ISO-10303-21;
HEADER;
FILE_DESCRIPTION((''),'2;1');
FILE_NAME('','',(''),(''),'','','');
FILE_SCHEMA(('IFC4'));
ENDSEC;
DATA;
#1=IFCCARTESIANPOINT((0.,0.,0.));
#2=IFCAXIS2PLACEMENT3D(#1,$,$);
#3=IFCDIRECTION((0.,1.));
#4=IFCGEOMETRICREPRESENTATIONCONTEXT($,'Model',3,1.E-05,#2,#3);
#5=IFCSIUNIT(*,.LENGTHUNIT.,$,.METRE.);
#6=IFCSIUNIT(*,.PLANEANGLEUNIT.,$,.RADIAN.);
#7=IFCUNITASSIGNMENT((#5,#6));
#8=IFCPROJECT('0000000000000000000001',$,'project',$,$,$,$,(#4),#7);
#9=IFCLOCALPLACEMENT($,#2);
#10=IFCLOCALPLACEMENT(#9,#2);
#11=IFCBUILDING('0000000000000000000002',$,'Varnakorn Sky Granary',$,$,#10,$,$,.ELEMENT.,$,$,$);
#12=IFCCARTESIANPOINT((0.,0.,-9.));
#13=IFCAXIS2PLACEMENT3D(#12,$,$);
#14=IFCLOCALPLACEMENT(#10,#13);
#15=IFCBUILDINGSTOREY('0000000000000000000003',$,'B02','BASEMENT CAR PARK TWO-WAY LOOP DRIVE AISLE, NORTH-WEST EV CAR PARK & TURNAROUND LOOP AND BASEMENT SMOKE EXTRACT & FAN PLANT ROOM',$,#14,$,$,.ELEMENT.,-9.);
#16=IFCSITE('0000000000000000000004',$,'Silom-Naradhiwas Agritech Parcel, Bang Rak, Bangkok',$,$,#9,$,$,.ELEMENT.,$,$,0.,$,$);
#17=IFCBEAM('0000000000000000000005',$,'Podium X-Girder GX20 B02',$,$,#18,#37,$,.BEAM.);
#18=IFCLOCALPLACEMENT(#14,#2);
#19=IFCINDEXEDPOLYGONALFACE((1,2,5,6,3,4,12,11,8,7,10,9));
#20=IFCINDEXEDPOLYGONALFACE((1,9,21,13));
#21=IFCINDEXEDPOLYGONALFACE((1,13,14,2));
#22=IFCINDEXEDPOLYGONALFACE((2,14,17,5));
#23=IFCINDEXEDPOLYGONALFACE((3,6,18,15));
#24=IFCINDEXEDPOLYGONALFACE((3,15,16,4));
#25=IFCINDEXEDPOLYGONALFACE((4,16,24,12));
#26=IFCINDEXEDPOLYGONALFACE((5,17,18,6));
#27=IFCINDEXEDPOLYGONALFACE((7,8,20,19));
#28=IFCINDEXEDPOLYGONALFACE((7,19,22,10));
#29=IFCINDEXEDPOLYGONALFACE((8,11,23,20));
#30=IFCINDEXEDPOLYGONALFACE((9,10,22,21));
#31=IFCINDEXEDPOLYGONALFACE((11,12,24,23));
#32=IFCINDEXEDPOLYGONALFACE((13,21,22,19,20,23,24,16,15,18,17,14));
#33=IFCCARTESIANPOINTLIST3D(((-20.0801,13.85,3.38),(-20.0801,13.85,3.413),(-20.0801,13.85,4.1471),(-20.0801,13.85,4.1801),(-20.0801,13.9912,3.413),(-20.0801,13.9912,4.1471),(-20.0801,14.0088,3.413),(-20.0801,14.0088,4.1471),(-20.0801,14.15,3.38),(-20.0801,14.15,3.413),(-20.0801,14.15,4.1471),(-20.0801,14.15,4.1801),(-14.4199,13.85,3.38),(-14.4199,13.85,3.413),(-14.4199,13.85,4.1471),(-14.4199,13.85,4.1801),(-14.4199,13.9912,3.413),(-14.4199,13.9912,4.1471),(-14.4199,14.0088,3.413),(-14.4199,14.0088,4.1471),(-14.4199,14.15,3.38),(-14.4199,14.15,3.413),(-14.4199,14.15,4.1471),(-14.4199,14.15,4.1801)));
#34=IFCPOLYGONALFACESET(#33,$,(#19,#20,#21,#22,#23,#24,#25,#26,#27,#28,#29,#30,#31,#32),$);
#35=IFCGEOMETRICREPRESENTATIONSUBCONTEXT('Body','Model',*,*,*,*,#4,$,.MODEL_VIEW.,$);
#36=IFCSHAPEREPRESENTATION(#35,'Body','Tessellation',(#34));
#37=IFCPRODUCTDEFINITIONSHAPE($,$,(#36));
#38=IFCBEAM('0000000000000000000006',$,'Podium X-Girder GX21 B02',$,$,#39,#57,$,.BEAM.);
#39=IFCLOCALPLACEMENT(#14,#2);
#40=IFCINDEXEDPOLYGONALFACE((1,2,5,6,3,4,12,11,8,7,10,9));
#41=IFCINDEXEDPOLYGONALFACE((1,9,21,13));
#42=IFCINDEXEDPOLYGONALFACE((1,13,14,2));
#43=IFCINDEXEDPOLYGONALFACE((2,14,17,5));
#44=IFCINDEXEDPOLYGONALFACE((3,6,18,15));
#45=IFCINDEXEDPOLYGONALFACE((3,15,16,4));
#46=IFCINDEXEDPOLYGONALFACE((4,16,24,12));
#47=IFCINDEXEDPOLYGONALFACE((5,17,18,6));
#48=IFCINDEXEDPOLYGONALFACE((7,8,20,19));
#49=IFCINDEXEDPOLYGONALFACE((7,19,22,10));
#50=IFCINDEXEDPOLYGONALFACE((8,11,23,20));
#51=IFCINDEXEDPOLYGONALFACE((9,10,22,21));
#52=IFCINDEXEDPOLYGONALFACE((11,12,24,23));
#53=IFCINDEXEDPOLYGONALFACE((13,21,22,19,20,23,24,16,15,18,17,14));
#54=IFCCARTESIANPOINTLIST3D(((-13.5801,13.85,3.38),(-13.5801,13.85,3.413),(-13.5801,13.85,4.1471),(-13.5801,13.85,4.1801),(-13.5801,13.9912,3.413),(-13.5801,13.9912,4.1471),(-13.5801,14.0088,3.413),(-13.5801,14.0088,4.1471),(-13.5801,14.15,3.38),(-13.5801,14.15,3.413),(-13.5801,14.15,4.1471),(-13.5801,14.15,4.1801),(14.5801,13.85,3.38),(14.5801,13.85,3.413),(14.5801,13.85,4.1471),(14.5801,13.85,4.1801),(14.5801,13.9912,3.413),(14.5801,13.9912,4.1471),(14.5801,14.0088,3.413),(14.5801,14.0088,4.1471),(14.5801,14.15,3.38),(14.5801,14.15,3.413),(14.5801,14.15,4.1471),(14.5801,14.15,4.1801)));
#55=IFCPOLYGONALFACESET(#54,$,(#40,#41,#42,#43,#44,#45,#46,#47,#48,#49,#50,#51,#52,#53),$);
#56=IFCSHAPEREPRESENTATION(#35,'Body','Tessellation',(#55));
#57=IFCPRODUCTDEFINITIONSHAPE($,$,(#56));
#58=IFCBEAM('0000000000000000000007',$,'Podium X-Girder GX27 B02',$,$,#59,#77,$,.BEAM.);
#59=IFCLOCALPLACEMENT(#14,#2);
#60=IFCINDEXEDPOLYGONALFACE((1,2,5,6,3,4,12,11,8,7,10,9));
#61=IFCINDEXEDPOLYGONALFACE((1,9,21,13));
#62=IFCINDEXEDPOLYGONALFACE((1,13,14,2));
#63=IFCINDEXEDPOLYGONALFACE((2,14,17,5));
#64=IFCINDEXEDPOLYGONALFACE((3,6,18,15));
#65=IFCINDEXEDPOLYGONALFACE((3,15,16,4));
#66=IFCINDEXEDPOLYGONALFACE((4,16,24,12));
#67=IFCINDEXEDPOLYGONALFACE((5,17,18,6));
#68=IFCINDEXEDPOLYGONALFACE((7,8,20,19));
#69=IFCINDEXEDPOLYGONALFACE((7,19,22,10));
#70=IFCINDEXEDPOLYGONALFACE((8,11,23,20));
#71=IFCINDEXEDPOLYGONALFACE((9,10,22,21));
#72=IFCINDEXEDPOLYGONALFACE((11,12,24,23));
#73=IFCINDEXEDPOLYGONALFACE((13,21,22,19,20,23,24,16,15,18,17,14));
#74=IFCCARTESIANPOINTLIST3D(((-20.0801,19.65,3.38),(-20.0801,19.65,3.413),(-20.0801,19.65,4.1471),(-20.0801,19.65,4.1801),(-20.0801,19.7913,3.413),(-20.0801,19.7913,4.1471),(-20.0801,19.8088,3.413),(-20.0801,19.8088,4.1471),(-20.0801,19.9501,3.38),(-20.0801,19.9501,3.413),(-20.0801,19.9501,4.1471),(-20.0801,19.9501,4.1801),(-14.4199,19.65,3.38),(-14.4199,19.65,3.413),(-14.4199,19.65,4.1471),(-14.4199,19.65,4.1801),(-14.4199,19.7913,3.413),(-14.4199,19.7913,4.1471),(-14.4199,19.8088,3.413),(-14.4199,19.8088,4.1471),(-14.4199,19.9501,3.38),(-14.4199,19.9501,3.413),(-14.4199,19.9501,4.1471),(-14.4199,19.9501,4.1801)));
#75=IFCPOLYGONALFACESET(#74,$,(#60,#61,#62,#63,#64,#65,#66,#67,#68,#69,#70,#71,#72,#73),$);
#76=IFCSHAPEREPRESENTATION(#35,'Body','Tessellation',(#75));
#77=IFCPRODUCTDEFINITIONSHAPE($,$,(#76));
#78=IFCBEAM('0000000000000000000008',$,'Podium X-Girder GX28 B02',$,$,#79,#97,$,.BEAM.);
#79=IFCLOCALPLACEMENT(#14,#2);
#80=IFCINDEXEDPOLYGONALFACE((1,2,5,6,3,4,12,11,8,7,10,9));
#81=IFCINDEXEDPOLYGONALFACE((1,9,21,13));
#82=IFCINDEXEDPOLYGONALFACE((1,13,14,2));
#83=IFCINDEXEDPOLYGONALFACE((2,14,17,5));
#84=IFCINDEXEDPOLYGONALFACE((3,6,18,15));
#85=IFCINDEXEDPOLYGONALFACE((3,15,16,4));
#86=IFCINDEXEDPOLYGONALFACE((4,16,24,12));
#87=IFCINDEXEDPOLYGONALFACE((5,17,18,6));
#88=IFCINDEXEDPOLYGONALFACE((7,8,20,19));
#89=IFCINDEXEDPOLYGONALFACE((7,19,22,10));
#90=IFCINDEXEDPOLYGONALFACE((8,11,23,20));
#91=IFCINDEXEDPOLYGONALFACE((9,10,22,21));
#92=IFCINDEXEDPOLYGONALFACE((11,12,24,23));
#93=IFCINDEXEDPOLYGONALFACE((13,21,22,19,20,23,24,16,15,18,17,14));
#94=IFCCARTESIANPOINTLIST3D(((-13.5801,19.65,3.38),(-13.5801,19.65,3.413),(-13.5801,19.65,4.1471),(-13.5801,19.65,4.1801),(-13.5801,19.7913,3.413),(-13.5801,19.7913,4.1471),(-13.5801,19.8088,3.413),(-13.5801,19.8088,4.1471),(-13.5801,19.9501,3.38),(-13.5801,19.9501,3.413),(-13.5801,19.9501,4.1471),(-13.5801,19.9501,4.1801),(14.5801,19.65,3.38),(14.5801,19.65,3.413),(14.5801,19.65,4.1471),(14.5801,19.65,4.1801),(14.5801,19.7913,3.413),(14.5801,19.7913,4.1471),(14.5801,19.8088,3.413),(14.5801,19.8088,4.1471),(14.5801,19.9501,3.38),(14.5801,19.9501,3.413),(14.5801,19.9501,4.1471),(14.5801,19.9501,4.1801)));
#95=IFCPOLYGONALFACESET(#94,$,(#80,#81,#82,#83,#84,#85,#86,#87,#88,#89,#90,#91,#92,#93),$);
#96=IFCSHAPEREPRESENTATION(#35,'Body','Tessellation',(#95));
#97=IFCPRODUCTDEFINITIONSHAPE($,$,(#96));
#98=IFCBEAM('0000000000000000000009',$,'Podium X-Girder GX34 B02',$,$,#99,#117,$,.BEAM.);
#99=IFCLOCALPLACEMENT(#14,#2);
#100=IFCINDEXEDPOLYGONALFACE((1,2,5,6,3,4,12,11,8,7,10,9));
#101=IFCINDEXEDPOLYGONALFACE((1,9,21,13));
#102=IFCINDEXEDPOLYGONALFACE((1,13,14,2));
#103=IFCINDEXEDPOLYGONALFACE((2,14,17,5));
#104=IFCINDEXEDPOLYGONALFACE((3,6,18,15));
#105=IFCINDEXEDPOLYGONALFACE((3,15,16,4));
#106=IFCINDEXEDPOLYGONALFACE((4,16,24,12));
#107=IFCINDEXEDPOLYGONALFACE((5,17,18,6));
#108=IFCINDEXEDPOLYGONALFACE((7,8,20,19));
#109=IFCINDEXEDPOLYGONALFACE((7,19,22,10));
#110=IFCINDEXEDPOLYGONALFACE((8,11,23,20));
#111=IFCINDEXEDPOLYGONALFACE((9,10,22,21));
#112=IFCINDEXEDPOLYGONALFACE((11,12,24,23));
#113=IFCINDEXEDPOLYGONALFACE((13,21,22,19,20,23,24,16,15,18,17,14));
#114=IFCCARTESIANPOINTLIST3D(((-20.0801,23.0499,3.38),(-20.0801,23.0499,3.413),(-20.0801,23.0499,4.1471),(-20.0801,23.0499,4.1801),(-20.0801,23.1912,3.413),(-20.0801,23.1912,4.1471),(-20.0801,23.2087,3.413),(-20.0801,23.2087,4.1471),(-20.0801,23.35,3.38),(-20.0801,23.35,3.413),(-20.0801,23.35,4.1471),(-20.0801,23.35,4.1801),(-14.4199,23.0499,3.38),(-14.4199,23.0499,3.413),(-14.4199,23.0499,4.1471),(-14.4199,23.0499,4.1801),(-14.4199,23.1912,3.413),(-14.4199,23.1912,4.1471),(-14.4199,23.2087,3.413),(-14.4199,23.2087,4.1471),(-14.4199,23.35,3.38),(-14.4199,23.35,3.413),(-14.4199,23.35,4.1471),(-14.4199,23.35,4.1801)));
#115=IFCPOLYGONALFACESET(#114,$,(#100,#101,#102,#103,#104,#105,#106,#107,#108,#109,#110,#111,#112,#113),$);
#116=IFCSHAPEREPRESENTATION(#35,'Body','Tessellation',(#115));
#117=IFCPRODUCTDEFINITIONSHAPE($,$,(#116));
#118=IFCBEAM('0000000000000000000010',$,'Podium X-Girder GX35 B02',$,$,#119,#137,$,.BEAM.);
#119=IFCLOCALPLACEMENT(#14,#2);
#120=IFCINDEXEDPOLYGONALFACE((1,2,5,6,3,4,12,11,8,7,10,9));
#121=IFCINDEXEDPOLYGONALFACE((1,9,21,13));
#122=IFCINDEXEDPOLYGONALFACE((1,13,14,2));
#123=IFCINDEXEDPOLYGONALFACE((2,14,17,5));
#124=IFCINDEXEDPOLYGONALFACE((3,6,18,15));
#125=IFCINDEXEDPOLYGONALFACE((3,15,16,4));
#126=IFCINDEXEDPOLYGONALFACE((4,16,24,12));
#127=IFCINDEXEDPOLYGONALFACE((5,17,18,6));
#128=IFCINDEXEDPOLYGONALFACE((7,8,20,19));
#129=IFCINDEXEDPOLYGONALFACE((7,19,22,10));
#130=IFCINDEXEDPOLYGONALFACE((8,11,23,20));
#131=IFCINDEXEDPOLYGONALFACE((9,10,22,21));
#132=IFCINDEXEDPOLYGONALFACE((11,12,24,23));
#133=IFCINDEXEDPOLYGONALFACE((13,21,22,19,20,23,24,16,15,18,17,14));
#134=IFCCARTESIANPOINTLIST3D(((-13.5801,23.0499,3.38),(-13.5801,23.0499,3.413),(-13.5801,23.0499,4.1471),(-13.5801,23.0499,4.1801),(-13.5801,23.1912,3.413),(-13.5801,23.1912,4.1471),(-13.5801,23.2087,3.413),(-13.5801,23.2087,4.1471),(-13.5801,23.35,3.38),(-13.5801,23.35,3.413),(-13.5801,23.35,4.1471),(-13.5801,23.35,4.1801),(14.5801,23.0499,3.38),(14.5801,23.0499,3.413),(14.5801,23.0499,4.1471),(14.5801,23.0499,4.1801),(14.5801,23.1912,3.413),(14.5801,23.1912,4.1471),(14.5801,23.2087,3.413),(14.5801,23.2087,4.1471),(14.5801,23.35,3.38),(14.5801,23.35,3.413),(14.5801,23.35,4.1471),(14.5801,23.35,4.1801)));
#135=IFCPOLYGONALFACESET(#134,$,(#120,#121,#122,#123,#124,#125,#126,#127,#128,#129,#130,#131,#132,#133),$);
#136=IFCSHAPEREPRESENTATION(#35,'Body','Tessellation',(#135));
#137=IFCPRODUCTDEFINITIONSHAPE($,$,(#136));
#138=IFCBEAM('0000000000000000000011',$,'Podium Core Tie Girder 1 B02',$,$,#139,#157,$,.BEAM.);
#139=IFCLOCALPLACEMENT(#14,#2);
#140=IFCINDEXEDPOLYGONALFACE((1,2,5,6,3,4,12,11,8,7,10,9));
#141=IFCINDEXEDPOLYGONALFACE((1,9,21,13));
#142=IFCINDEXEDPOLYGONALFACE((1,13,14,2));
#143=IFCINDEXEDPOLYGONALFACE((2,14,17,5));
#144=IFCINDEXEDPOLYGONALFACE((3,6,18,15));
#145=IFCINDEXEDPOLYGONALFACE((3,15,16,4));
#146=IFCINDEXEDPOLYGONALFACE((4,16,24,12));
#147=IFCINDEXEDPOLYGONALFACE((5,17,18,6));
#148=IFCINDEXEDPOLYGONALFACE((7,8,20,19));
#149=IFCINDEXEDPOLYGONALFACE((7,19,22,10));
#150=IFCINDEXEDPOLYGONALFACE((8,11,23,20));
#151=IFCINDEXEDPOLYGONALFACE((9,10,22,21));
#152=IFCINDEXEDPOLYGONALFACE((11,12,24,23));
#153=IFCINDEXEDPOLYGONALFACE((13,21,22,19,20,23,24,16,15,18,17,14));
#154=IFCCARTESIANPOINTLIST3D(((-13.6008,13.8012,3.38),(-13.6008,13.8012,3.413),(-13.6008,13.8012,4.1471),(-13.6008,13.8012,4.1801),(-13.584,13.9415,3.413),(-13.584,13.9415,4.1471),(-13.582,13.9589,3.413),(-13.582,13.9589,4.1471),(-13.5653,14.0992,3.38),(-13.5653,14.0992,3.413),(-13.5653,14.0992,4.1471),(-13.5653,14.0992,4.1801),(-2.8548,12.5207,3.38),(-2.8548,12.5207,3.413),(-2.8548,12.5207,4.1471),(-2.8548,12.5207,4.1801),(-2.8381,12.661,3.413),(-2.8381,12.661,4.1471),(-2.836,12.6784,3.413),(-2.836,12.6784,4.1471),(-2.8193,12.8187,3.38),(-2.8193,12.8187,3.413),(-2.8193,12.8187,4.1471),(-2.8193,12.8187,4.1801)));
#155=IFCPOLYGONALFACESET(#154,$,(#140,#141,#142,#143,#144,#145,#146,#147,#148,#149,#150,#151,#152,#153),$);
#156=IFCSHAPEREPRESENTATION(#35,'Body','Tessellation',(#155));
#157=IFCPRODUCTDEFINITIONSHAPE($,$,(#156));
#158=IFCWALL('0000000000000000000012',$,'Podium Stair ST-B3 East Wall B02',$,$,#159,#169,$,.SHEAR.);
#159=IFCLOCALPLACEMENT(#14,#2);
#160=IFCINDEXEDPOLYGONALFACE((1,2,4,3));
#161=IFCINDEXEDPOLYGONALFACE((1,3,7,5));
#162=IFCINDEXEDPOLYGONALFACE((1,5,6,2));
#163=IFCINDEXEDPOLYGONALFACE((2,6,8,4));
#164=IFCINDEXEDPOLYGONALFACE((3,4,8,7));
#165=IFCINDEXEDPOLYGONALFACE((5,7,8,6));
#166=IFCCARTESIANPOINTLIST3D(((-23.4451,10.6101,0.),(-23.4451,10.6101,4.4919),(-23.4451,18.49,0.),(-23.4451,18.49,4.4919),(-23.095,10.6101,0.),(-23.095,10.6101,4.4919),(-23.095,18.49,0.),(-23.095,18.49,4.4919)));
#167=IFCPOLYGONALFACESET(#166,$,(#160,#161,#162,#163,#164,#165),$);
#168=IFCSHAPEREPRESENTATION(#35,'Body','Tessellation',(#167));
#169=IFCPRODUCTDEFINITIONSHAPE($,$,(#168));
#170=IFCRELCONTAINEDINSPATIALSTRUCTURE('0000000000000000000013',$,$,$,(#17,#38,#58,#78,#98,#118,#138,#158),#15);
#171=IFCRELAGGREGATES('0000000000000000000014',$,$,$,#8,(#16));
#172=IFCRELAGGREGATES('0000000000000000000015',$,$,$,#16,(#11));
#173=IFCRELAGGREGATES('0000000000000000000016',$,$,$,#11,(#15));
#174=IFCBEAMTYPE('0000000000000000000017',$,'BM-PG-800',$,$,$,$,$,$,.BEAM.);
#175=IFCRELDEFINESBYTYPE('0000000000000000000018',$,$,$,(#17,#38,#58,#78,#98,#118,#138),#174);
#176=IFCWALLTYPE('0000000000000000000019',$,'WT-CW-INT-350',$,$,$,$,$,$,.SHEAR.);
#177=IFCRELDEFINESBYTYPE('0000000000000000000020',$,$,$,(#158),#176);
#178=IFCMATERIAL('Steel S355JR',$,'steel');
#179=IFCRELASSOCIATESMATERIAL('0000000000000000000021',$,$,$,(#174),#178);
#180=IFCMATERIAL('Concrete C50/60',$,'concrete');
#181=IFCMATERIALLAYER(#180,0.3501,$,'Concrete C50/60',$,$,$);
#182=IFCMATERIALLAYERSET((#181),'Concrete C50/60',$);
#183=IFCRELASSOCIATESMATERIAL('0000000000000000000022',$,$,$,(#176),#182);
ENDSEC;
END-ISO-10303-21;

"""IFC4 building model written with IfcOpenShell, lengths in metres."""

from ifc_helpers import new_model, si_unit, direction, frame, frame_2d, origin, origin_2d, place, context, subcontext, project, spatial, rectangle, i_section, extrude, material, layer, layer_set, material_profile, profile_set, type_object, element, save


model = new_model("IFC4")

# Units and contexts
model_context = context("Model", 3, precision=1e-05, world=origin(), true_north=direction((0.0, 1.0)))
body_context = subcontext(model_context, "Body", "Model", "MODEL_VIEW")
ifc_project = project(units=[si_unit("LENGTHUNIT", "METRE"), si_unit("PLANEANGLEUNIT", "RADIAN")], contexts=[model_context])

# Site, building, storey
site_placement = place(None, origin())
site = spatial("IfcSite", under=ifc_project, at=site_placement, Name="Silom-Naradhiwas Agritech Parcel, Bang Rak, Bangkok", CompositionType="ELEMENT", RefElevation=0.0)
building_placement = place(site_placement, origin())
building = spatial("IfcBuilding", under=site, at=building_placement, Name="Varnakorn Sky Granary", CompositionType="ELEMENT")
storey_placement = place(building_placement, frame((0.0, 0.0, -9.0)))
storey = spatial("IfcBuildingStorey", under=building, at=storey_placement, Name="B02", Description="BASEMENT CAR PARK TWO-WAY LOOP DRIVE AISLE, NORTH-WEST EV CAR PARK & TURNAROUND LOOP AND BASEMENT SMOKE EXTRACT & FAN PLANT ROOM", CompositionType="ELEMENT", Elevation=-9.0)

# Beams
ifc_material_1 = material(Name="Steel S355JR", Category="steel")
ifc_material_profile_1 = material_profile(ifc_material_1, i_section(OverallWidth=0.3, OverallDepth=0.8, WebThickness=0.0176, FlangeThickness=0.033, at=origin_2d()), Name="HE 800 B")
ifc_profile_set_1 = profile_set([ifc_material_profile_1], Name="Steel S355JR")
beam_type_1 = type_object("IfcBeamType", Name="BM-PG-800", PredefinedType="BEAM", material=ifc_profile_set_1)
beam_1_placement = place(storey_placement, frame((-20.0801, 14.0, 3.78), z_axis=(1.0, 0.0, 0.0), x_axis=(0.0, 1.0, 0.0)))
element("IfcBeam", 1, at=beam_1_placement, inside=storey, type_object=beam_type_1, Name="Podium X-Girder GX20 B02", PredefinedType="BEAM", context=body_context, shape_type="SweptSolid", body=[
    extrude(i_section(OverallWidth=0.3, OverallDepth=0.8, WebThickness=0.0176, FlangeThickness=0.033, at=origin_2d()), origin(), (0.0, 0.0, 1.0), 5.6602),
])
beam_2_placement = place(storey_placement, frame((-13.5801, 14.0, 3.78), z_axis=(1.0, 0.0, 0.0), x_axis=(0.0, 1.0, 0.0)))
element("IfcBeam", 2, at=beam_2_placement, inside=storey, type_object=beam_type_1, Name="Podium X-Girder GX21 B02", PredefinedType="BEAM", context=body_context, shape_type="SweptSolid", body=[
    extrude(i_section(OverallWidth=0.3, OverallDepth=0.8, WebThickness=0.0176, FlangeThickness=0.033, at=origin_2d()), origin(), (0.0, 0.0, 1.0), 28.1602),
])
beam_3_placement = place(storey_placement, frame((-20.0801, 19.8, 3.78), z_axis=(1.0, 0.0, 0.0), x_axis=(0.0, 1.0, 0.0)))
element("IfcBeam", 3, at=beam_3_placement, inside=storey, type_object=beam_type_1, Name="Podium X-Girder GX27 B02", PredefinedType="BEAM", context=body_context, shape_type="SweptSolid", body=[
    extrude(i_section(OverallWidth=0.3, OverallDepth=0.8, WebThickness=0.0176, FlangeThickness=0.033, at=origin_2d()), origin(), (0.0, 0.0, 1.0), 5.6602),
])
beam_4_placement = place(storey_placement, frame((-13.5801, 19.8, 3.78), z_axis=(1.0, 0.0, 0.0), x_axis=(0.0, 1.0, 0.0)))
element("IfcBeam", 4, at=beam_4_placement, inside=storey, type_object=beam_type_1, Name="Podium X-Girder GX28 B02", PredefinedType="BEAM", context=body_context, shape_type="SweptSolid", body=[
    extrude(i_section(OverallWidth=0.3, OverallDepth=0.8, WebThickness=0.0176, FlangeThickness=0.033, at=origin_2d()), origin(), (0.0, 0.0, 1.0), 28.1602),
])
beam_5_placement = place(storey_placement, frame((-20.0801, 23.2, 3.78), z_axis=(1.0, 0.0, 0.0), x_axis=(0.0, 1.0, 0.0)))
element("IfcBeam", 5, at=beam_5_placement, inside=storey, type_object=beam_type_1, Name="Podium X-Girder GX34 B02", PredefinedType="BEAM", context=body_context, shape_type="SweptSolid", body=[
    extrude(i_section(OverallWidth=0.3, OverallDepth=0.8, WebThickness=0.0176, FlangeThickness=0.033, at=origin_2d()), origin(), (0.0, 0.0, 1.0), 5.6602),
])
beam_6_placement = place(storey_placement, frame((-13.5801, 23.2, 3.78), z_axis=(1.0, 0.0, 0.0), x_axis=(0.0, 1.0, 0.0)))
element("IfcBeam", 6, at=beam_6_placement, inside=storey, type_object=beam_type_1, Name="Podium X-Girder GX35 B02", PredefinedType="BEAM", context=body_context, shape_type="SweptSolid", body=[
    extrude(i_section(OverallWidth=0.3, OverallDepth=0.8, WebThickness=0.0176, FlangeThickness=0.033, at=origin_2d()), origin(), (0.0, 0.0, 1.0), 28.1602),
])
beam_7_placement = place(storey_placement, frame((-13.583, 13.9502, 3.78), z_axis=(0.992975, -0.118324, 0.0), x_axis=(0.118324, 0.992975, 0.0)))
element("IfcBeam", 7, at=beam_7_placement, inside=storey, type_object=beam_type_1, Name="Podium Core Tie Girder 1 B02", PredefinedType="BEAM", context=body_context, shape_type="SweptSolid", body=[
    extrude(i_section(OverallWidth=0.3, OverallDepth=0.8, WebThickness=0.0176, FlangeThickness=0.033, at=origin_2d()), origin(), (0.0, 0.0, 1.0), 10.822),
])

# Wall
ifc_material_2 = material(Name="Concrete C50/60", Category="concrete")
ifc_layer_1 = layer(ifc_material_2, 0.3501, Name="Concrete C50/60")
ifc_layer_set_1 = layer_set([ifc_layer_1], Name="Concrete C50/60")
wall_type_1 = type_object("IfcWallType", Name="WT-CW-INT-350", PredefinedType="SHEAR", material=ifc_layer_set_1)
wall_1_placement = place(storey_placement, frame((-23.27, 10.6101, 0.0), z_axis=(0.0, 0.0, 1.0), x_axis=(0.0, 1.0, 0.0)))
element("IfcWall", 8, at=wall_1_placement, inside=storey, type_object=wall_type_1, Name="Podium Stair ST-B3 East Wall B02", PredefinedType="SHEAR", context=body_context, shape_type="SweptSolid", body=[
    extrude(rectangle(XDim=7.8799, YDim=0.3501, at=frame_2d((3.9399, 0.0))), origin(), (0.0, 0.0, 1.0), 4.4919),
])

save(model, "model.ifc")
